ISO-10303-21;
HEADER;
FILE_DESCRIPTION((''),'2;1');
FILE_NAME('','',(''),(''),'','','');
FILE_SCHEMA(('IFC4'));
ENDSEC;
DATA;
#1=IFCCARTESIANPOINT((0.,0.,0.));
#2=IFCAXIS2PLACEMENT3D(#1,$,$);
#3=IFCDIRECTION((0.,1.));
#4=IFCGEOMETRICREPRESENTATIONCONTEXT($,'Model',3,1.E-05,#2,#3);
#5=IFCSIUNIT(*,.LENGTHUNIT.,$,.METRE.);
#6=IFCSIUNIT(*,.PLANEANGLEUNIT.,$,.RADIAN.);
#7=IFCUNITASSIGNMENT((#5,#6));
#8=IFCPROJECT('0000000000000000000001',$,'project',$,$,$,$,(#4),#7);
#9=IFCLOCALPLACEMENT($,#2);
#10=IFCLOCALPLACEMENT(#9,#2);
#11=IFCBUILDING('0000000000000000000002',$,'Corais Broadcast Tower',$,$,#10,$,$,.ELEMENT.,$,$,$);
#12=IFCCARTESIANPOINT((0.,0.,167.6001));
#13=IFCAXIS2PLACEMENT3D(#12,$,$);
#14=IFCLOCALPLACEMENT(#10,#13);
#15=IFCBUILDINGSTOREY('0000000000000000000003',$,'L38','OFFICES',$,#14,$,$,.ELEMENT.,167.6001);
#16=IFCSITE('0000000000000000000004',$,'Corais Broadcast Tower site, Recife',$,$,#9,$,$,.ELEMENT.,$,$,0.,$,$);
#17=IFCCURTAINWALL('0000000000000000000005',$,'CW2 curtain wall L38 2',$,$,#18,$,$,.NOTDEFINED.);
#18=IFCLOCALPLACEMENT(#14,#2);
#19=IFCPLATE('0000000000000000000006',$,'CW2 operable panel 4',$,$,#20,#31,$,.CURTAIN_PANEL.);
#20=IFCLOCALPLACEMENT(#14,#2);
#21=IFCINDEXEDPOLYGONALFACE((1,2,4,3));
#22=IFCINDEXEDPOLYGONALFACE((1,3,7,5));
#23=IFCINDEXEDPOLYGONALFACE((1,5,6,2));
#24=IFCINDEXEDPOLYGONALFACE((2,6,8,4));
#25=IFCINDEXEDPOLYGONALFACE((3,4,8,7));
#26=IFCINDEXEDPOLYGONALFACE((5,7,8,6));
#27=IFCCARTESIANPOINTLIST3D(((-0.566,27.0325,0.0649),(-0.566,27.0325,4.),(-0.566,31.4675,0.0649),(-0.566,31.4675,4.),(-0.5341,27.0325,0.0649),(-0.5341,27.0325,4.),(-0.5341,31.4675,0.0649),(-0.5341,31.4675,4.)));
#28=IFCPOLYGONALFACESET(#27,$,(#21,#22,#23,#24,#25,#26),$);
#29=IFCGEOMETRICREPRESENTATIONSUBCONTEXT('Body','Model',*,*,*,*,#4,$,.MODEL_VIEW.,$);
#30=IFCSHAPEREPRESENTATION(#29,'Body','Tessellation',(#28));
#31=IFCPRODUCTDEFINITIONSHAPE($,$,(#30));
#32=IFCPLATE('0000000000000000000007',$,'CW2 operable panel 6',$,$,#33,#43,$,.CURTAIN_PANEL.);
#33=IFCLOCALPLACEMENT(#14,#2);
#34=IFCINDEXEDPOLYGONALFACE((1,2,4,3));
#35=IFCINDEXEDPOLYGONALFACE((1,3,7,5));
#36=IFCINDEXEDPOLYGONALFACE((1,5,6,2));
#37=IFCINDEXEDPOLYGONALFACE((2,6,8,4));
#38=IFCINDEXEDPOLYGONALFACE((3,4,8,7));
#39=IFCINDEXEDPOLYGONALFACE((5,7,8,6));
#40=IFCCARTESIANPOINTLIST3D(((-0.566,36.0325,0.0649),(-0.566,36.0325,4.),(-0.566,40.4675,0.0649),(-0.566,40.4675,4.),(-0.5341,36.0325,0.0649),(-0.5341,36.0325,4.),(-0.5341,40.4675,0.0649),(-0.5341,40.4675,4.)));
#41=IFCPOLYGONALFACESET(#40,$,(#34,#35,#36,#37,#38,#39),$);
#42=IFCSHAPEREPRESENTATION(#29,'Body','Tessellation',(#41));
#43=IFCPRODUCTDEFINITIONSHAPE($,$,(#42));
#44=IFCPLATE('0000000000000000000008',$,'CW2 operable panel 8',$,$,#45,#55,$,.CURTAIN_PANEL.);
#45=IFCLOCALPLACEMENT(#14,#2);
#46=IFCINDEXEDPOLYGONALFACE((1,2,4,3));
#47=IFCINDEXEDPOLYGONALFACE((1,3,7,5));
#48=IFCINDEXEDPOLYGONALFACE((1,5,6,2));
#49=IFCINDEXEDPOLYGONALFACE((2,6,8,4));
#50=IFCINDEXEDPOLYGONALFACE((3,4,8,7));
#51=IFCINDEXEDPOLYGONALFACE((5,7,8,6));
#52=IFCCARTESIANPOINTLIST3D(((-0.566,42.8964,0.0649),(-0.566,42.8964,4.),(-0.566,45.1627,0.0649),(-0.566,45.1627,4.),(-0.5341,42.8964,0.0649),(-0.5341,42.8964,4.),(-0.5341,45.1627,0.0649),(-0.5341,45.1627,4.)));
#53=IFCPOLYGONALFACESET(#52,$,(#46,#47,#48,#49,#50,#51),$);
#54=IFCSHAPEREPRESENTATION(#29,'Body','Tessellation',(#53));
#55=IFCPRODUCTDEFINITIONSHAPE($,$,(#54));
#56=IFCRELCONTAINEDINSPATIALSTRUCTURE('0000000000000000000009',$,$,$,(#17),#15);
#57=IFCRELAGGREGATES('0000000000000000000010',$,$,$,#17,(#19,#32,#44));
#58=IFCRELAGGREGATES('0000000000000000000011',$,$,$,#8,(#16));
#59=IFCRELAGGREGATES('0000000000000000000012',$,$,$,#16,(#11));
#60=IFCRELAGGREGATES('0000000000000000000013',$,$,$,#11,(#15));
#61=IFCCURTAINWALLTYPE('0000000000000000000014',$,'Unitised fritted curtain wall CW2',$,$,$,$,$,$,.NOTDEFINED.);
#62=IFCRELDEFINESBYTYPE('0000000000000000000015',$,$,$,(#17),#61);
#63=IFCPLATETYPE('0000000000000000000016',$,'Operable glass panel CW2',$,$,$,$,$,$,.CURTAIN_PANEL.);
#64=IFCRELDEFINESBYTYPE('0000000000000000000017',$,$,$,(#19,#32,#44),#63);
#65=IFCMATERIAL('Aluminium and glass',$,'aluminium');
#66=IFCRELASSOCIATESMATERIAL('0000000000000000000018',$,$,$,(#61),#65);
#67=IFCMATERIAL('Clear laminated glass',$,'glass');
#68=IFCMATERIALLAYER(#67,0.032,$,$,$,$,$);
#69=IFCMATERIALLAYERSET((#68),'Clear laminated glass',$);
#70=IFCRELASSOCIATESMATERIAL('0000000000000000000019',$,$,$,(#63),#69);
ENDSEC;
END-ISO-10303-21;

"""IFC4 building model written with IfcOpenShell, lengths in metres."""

from ifc_helpers import new_model, si_unit, direction, frame, origin, origin_2d, place, context, subcontext, project, spatial, rectangle, extrude, material, layer, layer_set, type_object, element, aggregate, save


model = new_model("IFC4")

# Units and contexts
model_context = context("Model", 3, precision=1e-05, world=origin(), true_north=direction((0.0, 1.0)))
body_context = subcontext(model_context, "Body", "Model", "MODEL_VIEW")
ifc_project = project(units=[si_unit("LENGTHUNIT", "METRE"), si_unit("PLANEANGLEUNIT", "RADIAN")], contexts=[model_context])

# Site, building, storey
site_placement = place(None, origin())
site = spatial("IfcSite", under=ifc_project, at=site_placement, Name="Corais Broadcast Tower site, Recife", CompositionType="ELEMENT", RefElevation=0.0)
building_placement = place(site_placement, origin())
building = spatial("IfcBuilding", under=site, at=building_placement, Name="Corais Broadcast Tower", CompositionType="ELEMENT")
storey_placement = place(building_placement, frame((0.0, 0.0, 167.6001)))
storey = spatial("IfcBuildingStorey", under=building, at=storey_placement, Name="L38", Description="OFFICES", CompositionType="ELEMENT", Elevation=167.6001)

# Curtain wall
ifc_material_1 = material(Name="Aluminium and glass", Category="aluminium")
curtain_wall_type = type_object("IfcCurtainWallType", Name="Unitised fritted curtain wall CW2", PredefinedType="NOTDEFINED", material=ifc_material_1)
curtain_wall_placement = place(storey_placement, origin())
curtain_wall = element("IfcCurtainWall", 1, at=curtain_wall_placement, inside=storey, type_object=curtain_wall_type, Name="CW2 curtain wall L38 2", PredefinedType="NOTDEFINED")

# Plates
ifc_material_2 = material(Name="Clear laminated glass", Category="glass")
ifc_layer_1 = layer(ifc_material_2, 0.032)
ifc_layer_set_1 = layer_set([ifc_layer_1], Name="Clear laminated glass")
plate_type_1 = type_object("IfcPlateType", Name="Operable glass panel CW2", PredefinedType="CURTAIN_PANEL", material=ifc_layer_set_1)
plate_1_placement = place(storey_placement, frame((-0.55, 29.25, 0.0649), z_axis=(0.0, 0.0, 1.0), x_axis=(0.0, 1.0, 0.0)))
plate_1 = element("IfcPlate", 2, at=plate_1_placement, type_object=plate_type_1, Name="CW2 operable panel 4", PredefinedType="CURTAIN_PANEL", context=body_context, shape_type="SweptSolid", body=[
    extrude(rectangle(XDim=4.4351, YDim=0.032, at=origin_2d()), origin(), (0.0, 0.0, 1.0), 3.9351),
])
plate_2_placement = place(storey_placement, frame((-0.55, 38.25, 0.0649), z_axis=(0.0, 0.0, 1.0), x_axis=(0.0, 1.0, 0.0)))
plate_2 = element("IfcPlate", 3, at=plate_2_placement, type_object=plate_type_1, Name="CW2 operable panel 6", PredefinedType="CURTAIN_PANEL", context=body_context, shape_type="SweptSolid", body=[
    extrude(rectangle(XDim=4.4351, YDim=0.032, at=origin_2d()), origin(), (0.0, 0.0, 1.0), 3.9351),
])
plate_3_placement = place(storey_placement, frame((-0.55, 44.0295, 0.0649), z_axis=(0.0, 0.0, 1.0), x_axis=(0.0, 1.0, 0.0)))
plate_3 = element("IfcPlate", 4, at=plate_3_placement, type_object=plate_type_1, Name="CW2 operable panel 8", PredefinedType="CURTAIN_PANEL", context=body_context, shape_type="SweptSolid", body=[
    extrude(rectangle(XDim=2.2664, YDim=0.032, at=origin_2d()), origin(), (0.0, 0.0, 1.0), 3.9351),
])
aggregate(curtain_wall, [plate_1, plate_2, plate_3])

save(model, "model.ifc")
